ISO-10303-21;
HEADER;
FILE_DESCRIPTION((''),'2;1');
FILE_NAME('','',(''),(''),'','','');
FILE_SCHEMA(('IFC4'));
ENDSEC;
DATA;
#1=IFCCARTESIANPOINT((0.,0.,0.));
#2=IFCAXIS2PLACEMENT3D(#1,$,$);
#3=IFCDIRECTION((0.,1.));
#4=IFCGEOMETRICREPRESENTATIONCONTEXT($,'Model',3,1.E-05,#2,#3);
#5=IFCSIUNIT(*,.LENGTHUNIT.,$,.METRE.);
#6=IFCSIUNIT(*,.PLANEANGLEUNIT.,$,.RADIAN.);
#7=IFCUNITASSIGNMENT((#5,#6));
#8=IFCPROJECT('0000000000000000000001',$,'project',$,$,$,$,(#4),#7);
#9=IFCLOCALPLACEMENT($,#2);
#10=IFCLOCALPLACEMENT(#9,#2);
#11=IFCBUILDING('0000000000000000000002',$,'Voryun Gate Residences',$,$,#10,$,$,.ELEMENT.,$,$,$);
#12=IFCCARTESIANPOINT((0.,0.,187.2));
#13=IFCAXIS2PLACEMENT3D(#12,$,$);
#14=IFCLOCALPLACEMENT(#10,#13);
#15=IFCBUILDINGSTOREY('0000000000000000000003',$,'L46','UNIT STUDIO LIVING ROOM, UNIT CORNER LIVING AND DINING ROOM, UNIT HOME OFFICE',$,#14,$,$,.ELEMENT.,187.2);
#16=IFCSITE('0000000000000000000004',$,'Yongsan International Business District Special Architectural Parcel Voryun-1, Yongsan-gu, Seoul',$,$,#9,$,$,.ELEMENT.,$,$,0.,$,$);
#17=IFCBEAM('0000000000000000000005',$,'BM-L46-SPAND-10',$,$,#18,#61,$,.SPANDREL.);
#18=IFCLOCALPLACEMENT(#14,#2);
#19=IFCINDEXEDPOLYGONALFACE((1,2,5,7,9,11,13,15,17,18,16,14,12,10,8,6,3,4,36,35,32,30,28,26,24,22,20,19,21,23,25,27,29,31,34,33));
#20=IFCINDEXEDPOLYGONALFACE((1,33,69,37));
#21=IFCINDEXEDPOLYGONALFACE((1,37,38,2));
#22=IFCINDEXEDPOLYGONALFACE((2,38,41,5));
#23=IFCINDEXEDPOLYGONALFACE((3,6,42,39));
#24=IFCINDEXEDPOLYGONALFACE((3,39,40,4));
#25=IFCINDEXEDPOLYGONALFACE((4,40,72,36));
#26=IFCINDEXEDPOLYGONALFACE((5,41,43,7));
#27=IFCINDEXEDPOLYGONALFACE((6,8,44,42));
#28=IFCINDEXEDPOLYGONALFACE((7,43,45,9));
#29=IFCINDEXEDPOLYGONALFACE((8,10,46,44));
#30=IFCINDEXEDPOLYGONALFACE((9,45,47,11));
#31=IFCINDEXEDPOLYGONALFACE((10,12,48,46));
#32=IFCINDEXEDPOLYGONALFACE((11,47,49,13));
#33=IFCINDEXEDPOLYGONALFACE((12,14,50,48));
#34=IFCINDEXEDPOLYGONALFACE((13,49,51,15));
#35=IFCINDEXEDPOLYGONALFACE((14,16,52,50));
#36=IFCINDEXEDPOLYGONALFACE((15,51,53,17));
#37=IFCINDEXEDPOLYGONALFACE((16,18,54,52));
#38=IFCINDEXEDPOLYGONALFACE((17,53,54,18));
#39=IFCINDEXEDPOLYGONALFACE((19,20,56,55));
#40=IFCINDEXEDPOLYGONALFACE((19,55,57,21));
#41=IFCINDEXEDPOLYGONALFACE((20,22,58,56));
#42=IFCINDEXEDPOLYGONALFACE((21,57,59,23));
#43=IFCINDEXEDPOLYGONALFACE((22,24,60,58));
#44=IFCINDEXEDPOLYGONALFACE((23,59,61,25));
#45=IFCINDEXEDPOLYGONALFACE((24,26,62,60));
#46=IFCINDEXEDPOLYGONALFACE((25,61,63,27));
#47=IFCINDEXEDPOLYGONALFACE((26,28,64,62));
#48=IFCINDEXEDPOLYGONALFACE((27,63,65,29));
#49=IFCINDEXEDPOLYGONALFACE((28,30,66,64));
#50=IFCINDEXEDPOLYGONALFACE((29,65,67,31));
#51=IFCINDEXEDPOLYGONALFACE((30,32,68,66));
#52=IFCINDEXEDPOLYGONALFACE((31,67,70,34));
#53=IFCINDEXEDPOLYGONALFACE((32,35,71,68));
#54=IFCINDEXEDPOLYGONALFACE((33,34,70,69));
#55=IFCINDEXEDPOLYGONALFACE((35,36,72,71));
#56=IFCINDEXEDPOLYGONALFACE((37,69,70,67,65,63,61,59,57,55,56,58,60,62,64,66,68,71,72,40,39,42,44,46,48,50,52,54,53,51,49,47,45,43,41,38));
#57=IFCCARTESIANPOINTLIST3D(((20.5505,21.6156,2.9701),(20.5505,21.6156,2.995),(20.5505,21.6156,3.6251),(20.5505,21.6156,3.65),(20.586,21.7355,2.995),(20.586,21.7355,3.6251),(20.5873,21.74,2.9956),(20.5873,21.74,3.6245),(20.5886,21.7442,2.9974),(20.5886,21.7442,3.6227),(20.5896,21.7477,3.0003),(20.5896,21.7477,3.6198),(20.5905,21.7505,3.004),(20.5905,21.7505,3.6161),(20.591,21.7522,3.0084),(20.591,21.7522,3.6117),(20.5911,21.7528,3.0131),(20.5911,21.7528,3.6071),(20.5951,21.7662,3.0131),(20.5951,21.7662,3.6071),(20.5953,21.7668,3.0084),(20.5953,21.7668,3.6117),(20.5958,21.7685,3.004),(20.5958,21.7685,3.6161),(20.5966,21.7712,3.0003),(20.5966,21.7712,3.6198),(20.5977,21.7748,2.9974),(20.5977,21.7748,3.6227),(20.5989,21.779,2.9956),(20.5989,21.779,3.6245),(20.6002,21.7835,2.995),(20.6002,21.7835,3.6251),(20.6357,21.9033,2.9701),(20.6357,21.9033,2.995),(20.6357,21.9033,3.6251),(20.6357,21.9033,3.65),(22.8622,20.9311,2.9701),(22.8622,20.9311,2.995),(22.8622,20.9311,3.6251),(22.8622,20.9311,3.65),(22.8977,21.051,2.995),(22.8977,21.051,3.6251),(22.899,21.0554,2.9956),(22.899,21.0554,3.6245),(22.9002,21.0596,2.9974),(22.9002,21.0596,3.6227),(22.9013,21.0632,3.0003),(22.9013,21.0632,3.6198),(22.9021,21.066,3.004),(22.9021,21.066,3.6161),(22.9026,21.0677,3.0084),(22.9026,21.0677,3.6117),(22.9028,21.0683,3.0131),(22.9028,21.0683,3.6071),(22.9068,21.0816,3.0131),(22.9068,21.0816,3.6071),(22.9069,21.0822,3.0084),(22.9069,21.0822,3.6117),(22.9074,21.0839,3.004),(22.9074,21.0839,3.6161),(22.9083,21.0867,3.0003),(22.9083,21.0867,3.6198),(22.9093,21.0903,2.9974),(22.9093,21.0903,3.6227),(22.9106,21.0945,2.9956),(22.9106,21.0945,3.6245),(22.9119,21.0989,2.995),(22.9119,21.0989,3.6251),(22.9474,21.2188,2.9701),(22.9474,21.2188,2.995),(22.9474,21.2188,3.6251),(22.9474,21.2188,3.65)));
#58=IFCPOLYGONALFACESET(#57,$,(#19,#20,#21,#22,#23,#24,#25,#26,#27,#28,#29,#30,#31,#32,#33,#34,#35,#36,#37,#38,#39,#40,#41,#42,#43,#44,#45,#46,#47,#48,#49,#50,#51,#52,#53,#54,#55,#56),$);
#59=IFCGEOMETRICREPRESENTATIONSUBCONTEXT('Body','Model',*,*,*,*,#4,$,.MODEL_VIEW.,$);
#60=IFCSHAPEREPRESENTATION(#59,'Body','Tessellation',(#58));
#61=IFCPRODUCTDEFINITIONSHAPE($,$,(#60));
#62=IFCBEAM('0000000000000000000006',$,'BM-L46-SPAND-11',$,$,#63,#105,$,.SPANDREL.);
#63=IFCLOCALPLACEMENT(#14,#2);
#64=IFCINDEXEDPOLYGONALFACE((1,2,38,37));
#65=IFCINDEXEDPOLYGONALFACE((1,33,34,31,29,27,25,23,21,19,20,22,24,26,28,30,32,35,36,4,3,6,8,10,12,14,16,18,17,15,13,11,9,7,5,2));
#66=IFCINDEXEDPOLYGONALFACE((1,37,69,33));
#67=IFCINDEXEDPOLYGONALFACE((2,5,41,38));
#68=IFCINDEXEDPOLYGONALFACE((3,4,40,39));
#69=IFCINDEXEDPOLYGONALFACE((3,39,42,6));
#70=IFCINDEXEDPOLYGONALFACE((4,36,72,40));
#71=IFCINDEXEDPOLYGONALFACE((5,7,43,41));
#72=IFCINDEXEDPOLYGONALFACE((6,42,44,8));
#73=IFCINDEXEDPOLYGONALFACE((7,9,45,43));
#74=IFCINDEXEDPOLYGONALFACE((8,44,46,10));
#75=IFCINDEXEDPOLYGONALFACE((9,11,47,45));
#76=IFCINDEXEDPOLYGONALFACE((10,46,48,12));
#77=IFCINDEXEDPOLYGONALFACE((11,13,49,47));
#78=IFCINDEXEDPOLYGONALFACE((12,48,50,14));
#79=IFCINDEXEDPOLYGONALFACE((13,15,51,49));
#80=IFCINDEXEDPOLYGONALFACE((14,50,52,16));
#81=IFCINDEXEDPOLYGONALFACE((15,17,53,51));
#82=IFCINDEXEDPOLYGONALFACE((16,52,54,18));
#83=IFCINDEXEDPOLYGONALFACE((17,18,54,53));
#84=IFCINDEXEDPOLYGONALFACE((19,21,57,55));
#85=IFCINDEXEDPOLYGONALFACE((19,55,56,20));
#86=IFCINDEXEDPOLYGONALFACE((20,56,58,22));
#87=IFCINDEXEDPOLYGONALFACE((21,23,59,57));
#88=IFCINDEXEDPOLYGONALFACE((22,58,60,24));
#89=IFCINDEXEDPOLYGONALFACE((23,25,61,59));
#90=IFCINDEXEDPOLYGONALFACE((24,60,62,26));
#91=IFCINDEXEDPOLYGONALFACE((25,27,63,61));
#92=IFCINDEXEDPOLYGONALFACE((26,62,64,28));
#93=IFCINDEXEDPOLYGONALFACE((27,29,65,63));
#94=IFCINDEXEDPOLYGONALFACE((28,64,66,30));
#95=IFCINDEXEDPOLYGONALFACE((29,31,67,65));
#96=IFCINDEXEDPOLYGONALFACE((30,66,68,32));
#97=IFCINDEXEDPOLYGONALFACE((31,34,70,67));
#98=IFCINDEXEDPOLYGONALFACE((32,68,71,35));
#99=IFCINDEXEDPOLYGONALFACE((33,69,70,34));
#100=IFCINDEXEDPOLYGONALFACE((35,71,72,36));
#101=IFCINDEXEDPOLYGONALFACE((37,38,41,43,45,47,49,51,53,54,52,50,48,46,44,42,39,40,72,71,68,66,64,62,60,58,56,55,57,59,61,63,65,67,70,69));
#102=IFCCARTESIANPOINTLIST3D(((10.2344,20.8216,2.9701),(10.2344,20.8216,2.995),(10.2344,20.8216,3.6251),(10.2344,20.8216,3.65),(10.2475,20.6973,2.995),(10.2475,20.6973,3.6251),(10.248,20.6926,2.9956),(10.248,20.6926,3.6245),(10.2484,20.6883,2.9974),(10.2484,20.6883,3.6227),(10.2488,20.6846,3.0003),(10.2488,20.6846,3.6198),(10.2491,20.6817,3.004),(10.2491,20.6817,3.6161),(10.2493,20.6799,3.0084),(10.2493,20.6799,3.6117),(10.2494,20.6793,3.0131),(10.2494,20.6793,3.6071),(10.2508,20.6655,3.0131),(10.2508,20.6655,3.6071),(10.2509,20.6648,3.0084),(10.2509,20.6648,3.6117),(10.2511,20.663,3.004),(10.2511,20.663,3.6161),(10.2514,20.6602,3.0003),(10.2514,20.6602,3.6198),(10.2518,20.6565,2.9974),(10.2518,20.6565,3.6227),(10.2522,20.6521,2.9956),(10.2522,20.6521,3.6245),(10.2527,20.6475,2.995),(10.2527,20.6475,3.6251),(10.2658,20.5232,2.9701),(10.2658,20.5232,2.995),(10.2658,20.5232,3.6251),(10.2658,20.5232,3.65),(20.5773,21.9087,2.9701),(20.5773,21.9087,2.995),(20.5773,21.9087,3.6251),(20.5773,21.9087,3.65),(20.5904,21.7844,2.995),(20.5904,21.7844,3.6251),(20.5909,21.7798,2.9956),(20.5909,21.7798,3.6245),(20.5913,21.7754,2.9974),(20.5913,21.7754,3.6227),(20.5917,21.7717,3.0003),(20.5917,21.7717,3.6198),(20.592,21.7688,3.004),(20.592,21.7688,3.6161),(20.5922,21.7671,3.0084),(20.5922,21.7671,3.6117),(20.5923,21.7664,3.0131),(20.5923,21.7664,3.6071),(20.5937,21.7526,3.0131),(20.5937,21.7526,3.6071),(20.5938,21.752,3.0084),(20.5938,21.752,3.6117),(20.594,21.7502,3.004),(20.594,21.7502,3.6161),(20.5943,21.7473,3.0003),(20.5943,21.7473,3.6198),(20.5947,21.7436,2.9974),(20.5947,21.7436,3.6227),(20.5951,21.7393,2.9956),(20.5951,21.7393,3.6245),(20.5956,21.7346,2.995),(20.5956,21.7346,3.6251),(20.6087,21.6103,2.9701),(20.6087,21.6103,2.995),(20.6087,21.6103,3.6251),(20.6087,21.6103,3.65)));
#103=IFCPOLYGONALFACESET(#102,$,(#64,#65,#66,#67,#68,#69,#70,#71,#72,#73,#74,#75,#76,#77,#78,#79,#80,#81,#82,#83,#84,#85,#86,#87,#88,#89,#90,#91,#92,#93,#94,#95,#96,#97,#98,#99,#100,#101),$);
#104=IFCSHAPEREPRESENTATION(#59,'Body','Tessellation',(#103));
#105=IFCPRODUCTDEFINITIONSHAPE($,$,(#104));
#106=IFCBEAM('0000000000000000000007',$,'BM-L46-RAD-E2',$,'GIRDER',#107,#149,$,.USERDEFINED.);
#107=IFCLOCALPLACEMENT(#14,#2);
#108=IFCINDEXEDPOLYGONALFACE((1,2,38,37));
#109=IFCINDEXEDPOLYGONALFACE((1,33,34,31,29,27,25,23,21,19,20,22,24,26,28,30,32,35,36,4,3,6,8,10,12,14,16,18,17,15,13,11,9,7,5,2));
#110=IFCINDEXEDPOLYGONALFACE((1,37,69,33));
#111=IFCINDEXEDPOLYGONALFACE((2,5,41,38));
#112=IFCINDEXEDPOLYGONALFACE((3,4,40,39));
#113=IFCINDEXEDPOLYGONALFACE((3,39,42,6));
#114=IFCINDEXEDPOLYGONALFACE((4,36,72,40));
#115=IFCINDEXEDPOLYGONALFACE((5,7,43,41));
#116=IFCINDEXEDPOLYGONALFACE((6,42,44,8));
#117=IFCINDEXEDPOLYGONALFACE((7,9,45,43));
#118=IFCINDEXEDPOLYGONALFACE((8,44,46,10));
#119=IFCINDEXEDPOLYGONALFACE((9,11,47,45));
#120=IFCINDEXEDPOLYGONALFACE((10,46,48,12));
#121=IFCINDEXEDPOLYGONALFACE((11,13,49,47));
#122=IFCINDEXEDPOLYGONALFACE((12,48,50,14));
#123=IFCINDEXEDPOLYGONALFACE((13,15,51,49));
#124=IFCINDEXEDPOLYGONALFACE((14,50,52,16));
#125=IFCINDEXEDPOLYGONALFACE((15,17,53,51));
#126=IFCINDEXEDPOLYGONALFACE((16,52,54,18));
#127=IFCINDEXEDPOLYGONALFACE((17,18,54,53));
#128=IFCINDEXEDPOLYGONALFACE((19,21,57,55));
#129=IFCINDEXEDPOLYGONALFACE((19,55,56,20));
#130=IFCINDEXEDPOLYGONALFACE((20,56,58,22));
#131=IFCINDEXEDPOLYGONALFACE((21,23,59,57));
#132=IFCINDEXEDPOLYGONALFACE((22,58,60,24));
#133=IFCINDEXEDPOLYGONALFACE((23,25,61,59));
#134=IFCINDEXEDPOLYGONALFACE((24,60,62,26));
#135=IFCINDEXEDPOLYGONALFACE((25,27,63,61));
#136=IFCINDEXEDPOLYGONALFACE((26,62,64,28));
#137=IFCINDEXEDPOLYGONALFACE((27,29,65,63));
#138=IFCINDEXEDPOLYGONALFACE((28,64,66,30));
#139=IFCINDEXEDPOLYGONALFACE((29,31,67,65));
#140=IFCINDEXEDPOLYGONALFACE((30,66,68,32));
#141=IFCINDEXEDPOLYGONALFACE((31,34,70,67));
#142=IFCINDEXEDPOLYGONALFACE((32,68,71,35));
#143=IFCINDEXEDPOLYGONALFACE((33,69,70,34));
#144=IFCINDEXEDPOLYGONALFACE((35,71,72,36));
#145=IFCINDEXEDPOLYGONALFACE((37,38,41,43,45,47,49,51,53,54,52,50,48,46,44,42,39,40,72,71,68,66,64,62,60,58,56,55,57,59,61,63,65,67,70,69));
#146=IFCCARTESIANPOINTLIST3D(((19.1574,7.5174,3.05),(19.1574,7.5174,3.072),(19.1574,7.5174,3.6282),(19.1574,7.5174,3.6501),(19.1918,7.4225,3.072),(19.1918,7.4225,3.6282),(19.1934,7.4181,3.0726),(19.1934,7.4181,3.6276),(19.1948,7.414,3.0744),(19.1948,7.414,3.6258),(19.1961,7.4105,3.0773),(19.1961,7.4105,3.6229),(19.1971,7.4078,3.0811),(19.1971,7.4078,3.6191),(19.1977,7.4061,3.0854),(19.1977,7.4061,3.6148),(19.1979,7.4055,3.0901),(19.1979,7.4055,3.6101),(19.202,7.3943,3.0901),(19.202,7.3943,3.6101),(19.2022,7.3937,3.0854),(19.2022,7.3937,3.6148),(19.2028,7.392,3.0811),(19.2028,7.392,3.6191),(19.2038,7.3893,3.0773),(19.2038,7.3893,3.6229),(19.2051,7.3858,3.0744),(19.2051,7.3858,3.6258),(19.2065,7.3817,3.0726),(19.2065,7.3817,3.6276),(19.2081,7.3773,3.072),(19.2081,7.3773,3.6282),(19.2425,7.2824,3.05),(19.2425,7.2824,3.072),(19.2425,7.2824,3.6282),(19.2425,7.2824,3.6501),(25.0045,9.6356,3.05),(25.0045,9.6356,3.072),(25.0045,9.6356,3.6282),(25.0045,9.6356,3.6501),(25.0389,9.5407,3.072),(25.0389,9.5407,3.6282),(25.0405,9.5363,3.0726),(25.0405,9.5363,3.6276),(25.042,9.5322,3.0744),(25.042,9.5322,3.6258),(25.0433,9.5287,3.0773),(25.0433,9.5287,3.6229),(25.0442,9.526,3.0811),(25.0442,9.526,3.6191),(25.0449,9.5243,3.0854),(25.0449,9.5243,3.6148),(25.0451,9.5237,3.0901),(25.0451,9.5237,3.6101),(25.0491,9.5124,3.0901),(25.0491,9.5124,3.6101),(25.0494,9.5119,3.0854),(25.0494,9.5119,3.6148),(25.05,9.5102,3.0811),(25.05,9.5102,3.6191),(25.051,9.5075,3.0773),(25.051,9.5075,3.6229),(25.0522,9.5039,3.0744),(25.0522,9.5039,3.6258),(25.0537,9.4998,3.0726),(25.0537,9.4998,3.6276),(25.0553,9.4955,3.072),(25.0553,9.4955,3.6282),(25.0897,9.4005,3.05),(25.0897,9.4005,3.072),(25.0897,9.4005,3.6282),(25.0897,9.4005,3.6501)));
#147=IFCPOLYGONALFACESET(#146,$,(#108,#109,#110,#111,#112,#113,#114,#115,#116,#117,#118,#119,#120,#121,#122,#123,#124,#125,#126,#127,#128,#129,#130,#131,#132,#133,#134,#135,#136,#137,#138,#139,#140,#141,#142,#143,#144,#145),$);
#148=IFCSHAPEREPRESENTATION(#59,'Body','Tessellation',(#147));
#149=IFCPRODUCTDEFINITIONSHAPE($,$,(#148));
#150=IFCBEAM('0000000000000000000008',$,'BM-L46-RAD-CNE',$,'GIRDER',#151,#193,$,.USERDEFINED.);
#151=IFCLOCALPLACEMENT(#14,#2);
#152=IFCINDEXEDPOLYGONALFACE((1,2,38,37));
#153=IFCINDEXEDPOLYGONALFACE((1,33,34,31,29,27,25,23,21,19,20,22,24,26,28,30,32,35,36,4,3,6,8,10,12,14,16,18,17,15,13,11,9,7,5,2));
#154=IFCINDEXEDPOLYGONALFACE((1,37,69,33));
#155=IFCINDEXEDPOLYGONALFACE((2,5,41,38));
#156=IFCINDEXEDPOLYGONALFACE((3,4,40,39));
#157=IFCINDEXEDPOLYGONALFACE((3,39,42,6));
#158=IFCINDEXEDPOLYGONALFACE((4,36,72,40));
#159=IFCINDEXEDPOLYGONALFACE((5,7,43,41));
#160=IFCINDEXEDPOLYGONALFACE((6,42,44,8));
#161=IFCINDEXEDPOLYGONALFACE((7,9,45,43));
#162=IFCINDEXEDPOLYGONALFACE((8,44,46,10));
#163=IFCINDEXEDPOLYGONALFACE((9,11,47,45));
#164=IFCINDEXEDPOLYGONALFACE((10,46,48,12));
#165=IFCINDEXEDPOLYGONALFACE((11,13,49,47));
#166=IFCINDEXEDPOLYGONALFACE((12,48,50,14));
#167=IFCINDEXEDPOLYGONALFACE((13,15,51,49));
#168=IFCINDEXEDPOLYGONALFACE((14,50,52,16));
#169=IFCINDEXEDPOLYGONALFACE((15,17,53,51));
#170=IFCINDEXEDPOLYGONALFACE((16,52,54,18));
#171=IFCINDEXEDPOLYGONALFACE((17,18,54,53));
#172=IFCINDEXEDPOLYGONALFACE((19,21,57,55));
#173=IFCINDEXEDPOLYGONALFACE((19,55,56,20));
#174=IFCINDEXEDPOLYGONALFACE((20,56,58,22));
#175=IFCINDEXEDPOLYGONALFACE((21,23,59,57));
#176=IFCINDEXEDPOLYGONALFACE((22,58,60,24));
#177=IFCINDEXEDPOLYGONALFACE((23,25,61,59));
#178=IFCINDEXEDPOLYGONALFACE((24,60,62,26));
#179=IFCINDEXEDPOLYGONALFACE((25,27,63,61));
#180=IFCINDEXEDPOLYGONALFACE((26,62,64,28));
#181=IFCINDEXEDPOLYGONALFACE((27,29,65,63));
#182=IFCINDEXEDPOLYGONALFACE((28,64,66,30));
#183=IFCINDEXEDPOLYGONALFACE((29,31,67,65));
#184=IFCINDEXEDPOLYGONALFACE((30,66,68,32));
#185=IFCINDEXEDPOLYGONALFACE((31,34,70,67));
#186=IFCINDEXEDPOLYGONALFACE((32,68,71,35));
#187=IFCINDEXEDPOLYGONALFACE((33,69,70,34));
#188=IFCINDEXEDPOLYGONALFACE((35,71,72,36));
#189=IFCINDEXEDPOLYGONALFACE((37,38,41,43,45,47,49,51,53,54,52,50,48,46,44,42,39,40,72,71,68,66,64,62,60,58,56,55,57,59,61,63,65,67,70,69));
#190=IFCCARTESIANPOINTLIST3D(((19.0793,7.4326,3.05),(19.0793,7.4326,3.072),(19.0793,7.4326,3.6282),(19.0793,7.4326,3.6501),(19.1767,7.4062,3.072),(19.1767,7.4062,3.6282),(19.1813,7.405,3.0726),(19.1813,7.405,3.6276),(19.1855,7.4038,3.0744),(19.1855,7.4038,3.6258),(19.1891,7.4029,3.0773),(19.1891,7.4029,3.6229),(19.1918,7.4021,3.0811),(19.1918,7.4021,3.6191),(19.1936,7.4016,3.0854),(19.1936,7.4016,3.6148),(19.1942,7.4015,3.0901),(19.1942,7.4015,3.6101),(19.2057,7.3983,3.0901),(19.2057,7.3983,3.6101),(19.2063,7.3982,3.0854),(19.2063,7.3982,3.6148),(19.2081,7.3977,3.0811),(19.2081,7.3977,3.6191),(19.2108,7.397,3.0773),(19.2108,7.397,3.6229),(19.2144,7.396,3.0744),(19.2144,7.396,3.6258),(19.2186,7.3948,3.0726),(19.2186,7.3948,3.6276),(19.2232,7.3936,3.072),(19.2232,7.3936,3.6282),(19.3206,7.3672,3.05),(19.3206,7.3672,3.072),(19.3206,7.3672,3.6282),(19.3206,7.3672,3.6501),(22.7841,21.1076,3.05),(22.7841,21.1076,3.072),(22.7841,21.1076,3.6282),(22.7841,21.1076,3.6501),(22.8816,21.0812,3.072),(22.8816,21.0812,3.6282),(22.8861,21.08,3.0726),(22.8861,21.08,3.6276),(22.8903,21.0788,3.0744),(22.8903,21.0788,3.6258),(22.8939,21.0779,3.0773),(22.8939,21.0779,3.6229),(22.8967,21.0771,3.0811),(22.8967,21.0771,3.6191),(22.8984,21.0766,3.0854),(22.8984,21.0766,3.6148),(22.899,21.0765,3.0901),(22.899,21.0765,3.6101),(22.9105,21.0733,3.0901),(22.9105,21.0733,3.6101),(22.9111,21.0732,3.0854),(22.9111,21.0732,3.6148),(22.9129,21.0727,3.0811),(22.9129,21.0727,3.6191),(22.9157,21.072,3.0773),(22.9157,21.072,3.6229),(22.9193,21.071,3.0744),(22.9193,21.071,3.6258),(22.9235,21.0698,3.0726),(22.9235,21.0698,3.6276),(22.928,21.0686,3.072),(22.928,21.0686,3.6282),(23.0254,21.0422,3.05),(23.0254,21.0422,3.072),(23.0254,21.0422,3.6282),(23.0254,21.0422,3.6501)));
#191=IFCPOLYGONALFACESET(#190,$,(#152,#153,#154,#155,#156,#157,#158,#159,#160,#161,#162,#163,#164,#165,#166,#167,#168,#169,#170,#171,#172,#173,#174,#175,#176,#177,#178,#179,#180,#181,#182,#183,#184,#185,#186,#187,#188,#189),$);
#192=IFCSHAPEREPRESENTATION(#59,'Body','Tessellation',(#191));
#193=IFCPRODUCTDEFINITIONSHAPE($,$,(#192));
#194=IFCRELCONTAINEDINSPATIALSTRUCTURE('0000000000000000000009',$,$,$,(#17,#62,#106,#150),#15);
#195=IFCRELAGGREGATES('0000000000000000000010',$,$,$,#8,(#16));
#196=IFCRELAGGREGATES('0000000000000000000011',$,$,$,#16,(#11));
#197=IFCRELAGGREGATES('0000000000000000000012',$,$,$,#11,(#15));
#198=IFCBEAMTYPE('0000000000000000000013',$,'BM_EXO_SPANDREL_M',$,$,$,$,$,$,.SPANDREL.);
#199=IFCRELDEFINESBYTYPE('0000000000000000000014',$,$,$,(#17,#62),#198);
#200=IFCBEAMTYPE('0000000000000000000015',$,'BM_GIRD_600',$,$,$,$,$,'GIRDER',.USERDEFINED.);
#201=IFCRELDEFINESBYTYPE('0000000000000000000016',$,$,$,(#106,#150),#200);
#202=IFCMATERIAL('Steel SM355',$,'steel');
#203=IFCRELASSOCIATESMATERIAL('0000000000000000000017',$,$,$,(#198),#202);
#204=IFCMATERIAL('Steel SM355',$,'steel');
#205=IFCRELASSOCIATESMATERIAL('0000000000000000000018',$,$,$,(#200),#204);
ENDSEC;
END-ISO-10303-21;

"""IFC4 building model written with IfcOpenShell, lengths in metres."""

from ifc_helpers import new_model, si_unit, direction, frame, origin, origin_2d, place, context, subcontext, project, spatial, i_section, extrude, material, material_profile, profile_set, type_object, element, save


model = new_model("IFC4")

# Units and contexts
model_context = context("Model", 3, precision=1e-05, world=origin(), true_north=direction((0.0, 1.0)))
body_context = subcontext(model_context, "Body", "Model", "MODEL_VIEW")
ifc_project = project(units=[si_unit("LENGTHUNIT", "METRE"), si_unit("PLANEANGLEUNIT", "RADIAN")], contexts=[model_context])

# Site, building, storey
site_placement = place(None, origin())
site = spatial("IfcSite", under=ifc_project, at=site_placement, Name="Yongsan International Business District Special Architectural Parcel Voryun-1, Yongsan-gu, Seoul", CompositionType="ELEMENT", RefElevation=0.0)
building_placement = place(site_placement, origin())
building = spatial("IfcBuilding", under=site, at=building_placement, Name="Voryun Gate Residences", CompositionType="ELEMENT")
storey_placement = place(building_placement, frame((0.0, 0.0, 187.2)))
storey = spatial("IfcBuildingStorey", under=building, at=storey_placement, Name="L46", Description="UNIT STUDIO LIVING ROOM, UNIT CORNER LIVING AND DINING ROOM, UNIT HOME OFFICE", CompositionType="ELEMENT", Elevation=187.2)

# Beams
ifc_material_1 = material(Name="Steel SM355", Category="steel")
ifc_material_profile_1 = material_profile(ifc_material_1, i_section(OverallWidth=0.3, OverallDepth=0.6799, WebThickness=0.0139, FlangeThickness=0.0249, FilletRadius=0.0181, at=origin_2d()), Name="H-680x300x14x25")
ifc_profile_set_1 = profile_set([ifc_material_profile_1], Name="Steel SM355")
beam_type_1 = type_object("IfcBeamType", Name="BM_EXO_SPANDREL_M", PredefinedType="SPANDREL", material=ifc_profile_set_1)
beam_1_placement = place(storey_placement, frame((22.9048, 21.075, 3.3101), z_axis=(-0.958843, 0.283937, 0.0), x_axis=(-0.283937, -0.958843, 0.0)))
element("IfcBeam", 1, at=beam_1_placement, inside=storey, type_object=beam_type_1, Name="BM-L46-SPAND-10", PredefinedType="SPANDREL", context=body_context, shape_type="SweptSolid", body=[
    extrude(i_section(OverallWidth=0.3, OverallDepth=0.6799, WebThickness=0.0139, FlangeThickness=0.0249, FilletRadius=0.0181, at=origin_2d()), origin(), (0.0, 0.0, 1.0), 2.4109),
])
beam_2_placement = place(storey_placement, frame((20.593, 21.7595, 3.3101), z_axis=(-0.994521, -0.104534, 0.0), x_axis=(0.104534, -0.994521, 0.0)))
element("IfcBeam", 2, at=beam_2_placement, inside=storey, type_object=beam_type_1, Name="BM-L46-SPAND-11", PredefinedType="SPANDREL", context=body_context, shape_type="SweptSolid", body=[
    extrude(i_section(OverallWidth=0.3, OverallDepth=0.6799, WebThickness=0.0139, FlangeThickness=0.0249, FilletRadius=0.0181, at=origin_2d()), origin(), (0.0, 0.0, 1.0), 10.3999),
])
ifc_material_2 = material(Name="Steel SM355", Category="steel")
ifc_material_profile_2 = material_profile(ifc_material_2, i_section(OverallWidth=0.25, OverallDepth=0.6001, WebThickness=0.012, FlangeThickness=0.022, FilletRadius=0.0181, at=origin_2d()), Name="H-600x250x12x22")
ifc_profile_set_2 = profile_set([ifc_material_profile_2], Name="Steel SM355")
beam_type_2 = type_object("IfcBeamType", Name="BM_GIRD_600", ElementType="GIRDER", PredefinedType="USERDEFINED", material=ifc_profile_set_2)
beam_3_placement = place(storey_placement, frame((19.2, 7.3999, 3.3501), z_axis=(0.94021, 0.340595, 0.0), x_axis=(-0.340595, 0.94021, 0.0)))
element("IfcBeam", 3, at=beam_3_placement, inside=storey, type_object=beam_type_2, Name="BM-L46-RAD-E2", ObjectType="GIRDER", PredefinedType="USERDEFINED", context=body_context, shape_type="SweptSolid", body=[
    extrude(i_section(OverallWidth=0.25, OverallDepth=0.6001, WebThickness=0.012, FlangeThickness=0.022, FilletRadius=0.0181, at=origin_2d()), origin(), (0.0, 0.0, 1.0), 6.219),
])
beam_4_placement = place(storey_placement, frame((19.2, 7.3999, 3.3501), z_axis=(0.261493, 0.965205, 0.0), x_axis=(-0.965205, 0.261493, 0.0)))
element("IfcBeam", 4, at=beam_4_placement, inside=storey, type_object=beam_type_2, Name="BM-L46-RAD-CNE", ObjectType="GIRDER", PredefinedType="USERDEFINED", context=body_context, shape_type="SweptSolid", body=[
    extrude(i_section(OverallWidth=0.25, OverallDepth=0.6001, WebThickness=0.012, FlangeThickness=0.022, FilletRadius=0.0181, at=origin_2d()), origin(), (0.0, 0.0, 1.0), 14.168),
])

save(model, "model.ifc")
